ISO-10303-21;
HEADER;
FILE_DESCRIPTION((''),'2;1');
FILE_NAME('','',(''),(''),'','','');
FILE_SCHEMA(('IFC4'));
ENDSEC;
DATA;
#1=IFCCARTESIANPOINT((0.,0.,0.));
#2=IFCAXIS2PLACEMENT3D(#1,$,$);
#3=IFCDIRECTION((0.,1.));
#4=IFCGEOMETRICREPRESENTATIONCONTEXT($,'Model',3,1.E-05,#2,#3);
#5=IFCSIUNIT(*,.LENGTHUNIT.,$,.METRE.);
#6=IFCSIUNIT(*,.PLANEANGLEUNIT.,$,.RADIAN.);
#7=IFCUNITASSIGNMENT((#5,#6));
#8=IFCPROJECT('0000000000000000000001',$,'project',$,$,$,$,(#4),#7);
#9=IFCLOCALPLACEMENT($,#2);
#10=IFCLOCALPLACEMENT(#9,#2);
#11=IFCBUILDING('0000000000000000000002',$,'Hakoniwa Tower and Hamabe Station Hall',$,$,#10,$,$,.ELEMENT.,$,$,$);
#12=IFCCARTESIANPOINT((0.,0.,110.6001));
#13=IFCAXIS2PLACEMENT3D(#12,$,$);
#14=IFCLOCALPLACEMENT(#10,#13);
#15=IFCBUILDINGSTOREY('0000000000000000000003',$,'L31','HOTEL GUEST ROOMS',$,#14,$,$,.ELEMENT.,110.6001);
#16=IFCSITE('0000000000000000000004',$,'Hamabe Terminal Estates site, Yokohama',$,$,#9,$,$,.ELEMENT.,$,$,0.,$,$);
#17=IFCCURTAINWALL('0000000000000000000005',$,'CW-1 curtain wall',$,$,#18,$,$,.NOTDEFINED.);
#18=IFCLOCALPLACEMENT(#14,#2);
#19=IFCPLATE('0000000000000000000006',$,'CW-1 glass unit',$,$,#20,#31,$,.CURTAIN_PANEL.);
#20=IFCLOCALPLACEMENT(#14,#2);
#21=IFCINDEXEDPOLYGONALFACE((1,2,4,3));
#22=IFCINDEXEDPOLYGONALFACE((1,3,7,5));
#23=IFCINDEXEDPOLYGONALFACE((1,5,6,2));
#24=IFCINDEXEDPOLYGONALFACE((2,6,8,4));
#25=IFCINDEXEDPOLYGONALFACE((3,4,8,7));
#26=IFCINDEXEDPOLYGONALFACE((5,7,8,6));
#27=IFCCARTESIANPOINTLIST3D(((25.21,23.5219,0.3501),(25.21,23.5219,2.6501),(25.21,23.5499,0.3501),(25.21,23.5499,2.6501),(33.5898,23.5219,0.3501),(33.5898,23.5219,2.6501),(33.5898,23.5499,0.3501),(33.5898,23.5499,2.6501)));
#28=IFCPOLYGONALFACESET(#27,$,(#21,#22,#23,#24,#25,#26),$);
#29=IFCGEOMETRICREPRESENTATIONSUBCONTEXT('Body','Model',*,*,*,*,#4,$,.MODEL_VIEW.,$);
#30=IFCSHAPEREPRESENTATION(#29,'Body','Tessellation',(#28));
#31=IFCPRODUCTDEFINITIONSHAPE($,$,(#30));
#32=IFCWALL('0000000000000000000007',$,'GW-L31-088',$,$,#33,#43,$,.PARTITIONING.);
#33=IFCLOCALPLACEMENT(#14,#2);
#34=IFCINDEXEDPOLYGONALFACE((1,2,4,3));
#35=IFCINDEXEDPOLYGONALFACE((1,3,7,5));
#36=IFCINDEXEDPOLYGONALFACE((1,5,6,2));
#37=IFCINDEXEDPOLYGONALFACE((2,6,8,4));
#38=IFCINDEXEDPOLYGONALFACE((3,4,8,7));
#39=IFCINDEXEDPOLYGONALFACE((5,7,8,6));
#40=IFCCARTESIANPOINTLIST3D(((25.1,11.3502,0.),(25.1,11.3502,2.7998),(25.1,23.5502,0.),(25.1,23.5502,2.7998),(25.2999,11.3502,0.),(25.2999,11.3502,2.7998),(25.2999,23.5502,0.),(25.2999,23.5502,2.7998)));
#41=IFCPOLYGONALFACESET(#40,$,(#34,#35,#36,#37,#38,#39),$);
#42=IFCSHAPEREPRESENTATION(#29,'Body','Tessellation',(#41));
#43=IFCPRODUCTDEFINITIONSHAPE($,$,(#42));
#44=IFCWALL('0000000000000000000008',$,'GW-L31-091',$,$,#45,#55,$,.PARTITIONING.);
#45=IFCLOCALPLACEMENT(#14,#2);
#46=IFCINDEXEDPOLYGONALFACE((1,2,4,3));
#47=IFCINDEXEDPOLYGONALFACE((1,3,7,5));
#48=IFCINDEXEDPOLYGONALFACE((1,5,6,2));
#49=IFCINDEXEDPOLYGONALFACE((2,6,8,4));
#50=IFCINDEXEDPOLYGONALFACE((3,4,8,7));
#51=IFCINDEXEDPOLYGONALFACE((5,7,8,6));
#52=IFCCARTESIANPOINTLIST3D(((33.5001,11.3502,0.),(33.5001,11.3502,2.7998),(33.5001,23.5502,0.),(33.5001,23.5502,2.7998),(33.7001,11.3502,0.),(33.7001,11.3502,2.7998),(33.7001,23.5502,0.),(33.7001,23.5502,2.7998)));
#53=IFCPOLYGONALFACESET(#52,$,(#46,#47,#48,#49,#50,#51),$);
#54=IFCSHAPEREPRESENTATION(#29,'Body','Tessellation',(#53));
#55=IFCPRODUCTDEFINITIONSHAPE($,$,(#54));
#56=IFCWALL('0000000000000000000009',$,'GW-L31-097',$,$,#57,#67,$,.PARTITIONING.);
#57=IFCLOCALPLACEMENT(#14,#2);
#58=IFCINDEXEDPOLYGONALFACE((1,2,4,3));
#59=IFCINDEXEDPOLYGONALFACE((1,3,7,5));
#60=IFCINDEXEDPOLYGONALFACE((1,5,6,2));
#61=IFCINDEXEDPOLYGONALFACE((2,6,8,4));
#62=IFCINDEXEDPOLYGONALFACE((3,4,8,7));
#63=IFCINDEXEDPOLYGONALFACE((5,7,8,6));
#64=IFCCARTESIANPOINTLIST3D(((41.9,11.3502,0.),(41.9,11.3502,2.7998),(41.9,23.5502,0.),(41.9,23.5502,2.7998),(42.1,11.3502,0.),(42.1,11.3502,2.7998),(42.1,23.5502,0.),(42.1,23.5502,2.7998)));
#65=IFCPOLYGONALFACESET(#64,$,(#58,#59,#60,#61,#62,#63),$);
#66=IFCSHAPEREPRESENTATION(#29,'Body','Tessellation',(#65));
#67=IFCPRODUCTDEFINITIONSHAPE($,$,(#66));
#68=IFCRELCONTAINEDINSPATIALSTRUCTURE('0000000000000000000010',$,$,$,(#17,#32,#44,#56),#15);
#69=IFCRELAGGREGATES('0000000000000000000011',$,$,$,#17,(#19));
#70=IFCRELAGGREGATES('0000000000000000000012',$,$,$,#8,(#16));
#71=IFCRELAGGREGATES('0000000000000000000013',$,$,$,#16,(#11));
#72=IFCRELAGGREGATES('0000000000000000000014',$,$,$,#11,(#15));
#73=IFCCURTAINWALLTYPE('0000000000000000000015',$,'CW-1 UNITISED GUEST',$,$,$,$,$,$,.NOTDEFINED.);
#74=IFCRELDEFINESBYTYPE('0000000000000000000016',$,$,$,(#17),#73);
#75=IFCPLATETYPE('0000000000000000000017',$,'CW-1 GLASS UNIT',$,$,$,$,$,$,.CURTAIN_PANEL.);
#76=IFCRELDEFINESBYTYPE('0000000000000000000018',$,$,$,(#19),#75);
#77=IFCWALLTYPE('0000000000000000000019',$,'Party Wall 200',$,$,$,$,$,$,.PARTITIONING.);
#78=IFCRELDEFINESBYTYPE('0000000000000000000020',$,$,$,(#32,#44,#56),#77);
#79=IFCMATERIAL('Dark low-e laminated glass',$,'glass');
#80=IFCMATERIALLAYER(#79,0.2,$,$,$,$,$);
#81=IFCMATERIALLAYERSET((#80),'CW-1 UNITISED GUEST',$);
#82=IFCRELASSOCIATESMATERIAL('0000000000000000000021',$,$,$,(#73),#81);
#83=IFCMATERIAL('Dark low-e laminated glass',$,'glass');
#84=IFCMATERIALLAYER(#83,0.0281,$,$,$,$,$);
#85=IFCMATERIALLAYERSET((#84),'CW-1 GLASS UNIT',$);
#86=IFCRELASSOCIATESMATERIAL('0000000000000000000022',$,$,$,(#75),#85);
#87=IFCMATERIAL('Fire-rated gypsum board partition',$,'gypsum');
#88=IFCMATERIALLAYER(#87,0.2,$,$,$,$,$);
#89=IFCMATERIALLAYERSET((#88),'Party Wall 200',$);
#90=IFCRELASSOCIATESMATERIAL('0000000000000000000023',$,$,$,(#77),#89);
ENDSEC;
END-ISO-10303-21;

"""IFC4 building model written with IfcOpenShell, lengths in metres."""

from ifc_helpers import new_model, si_unit, direction, frame, frame_2d, origin, origin_2d, place, context, subcontext, project, spatial, rectangle, extrude, material, layer, layer_set, type_object, element, aggregate, save


model = new_model("IFC4")

# Units and contexts
model_context = context("Model", 3, precision=1e-05, world=origin(), true_north=direction((0.0, 1.0)))
body_context = subcontext(model_context, "Body", "Model", "MODEL_VIEW")
ifc_project = project(units=[si_unit("LENGTHUNIT", "METRE"), si_unit("PLANEANGLEUNIT", "RADIAN")], contexts=[model_context])

# Site, building, storey
site_placement = place(None, origin())
site = spatial("IfcSite", under=ifc_project, at=site_placement, Name="Hamabe Terminal Estates site, Yokohama", CompositionType="ELEMENT", RefElevation=0.0)
building_placement = place(site_placement, origin())
building = spatial("IfcBuilding", under=site, at=building_placement, Name="Hakoniwa Tower and Hamabe Station Hall", CompositionType="ELEMENT")
storey_placement = place(building_placement, frame((0.0, 0.0, 110.6001)))
storey = spatial("IfcBuildingStorey", under=building, at=storey_placement, Name="L31", Description="HOTEL GUEST ROOMS", CompositionType="ELEMENT", Elevation=110.6001)

# Curtain wall
ifc_material_1 = material(Name="Dark low-e laminated glass", Category="glass")
ifc_layer_1 = layer(ifc_material_1, 0.2)
ifc_layer_set_1 = layer_set([ifc_layer_1], Name="CW-1 UNITISED GUEST")
curtain_wall_type = type_object("IfcCurtainWallType", Name="CW-1 UNITISED GUEST", PredefinedType="NOTDEFINED", material=ifc_layer_set_1)
curtain_wall_1_placement = place(storey_placement, origin())
curtain_wall_1 = element("IfcCurtainWall", 1, at=curtain_wall_1_placement, inside=storey, type_object=curtain_wall_type, Name="CW-1 curtain wall", PredefinedType="NOTDEFINED")

# Plate
ifc_material_2 = material(Name="Dark low-e laminated glass", Category="glass")
ifc_layer_2 = layer(ifc_material_2, 0.0281)
ifc_layer_set_2 = layer_set([ifc_layer_2], Name="CW-1 GLASS UNIT")
plate_type = type_object("IfcPlateType", Name="CW-1 GLASS UNIT", PredefinedType="CURTAIN_PANEL", material=ifc_layer_set_2)
plate_1_placement = place(storey_placement, frame((29.3999, 23.5359, 0.3501), z_axis=(0.0, 0.0, 1.0), x_axis=(-1.0, 0.0, 0.0)))
plate_1 = element("IfcPlate", 2, at=plate_1_placement, type_object=plate_type, Name="CW-1 glass unit", PredefinedType="CURTAIN_PANEL", context=body_context, shape_type="SweptSolid", body=[
    extrude(rectangle(XDim=8.3799, YDim=0.0281, at=origin_2d()), origin(), (0.0, 0.0, 1.0), 2.3),
])
aggregate(curtain_wall_1, [plate_1])

# Walls
ifc_material_3 = material(Name="Fire-rated gypsum board partition", Category="gypsum")
ifc_layer_3 = layer(ifc_material_3, 0.2)
ifc_layer_set_3 = layer_set([ifc_layer_3], Name="Party Wall 200")
wall_type = type_object("IfcWallType", Name="Party Wall 200", PredefinedType="PARTITIONING", material=ifc_layer_set_3)
for number, where, z_axis, x_axis, name in (
    (3, (25.2, 11.3501, 0.0), (0.0, 0.0, 1.0), (0.0, 1.0, 0.0), "GW-L31-088"),
    (4, (33.6001, 11.3501, 0.0), (0.0, 0.0, 1.0), (0.0, 1.0, 0.0), "GW-L31-091"),
    (5, (42.0, 11.3501, 0.0), (0.0, 0.0, 1.0), (0.0, 1.0, 0.0), "GW-L31-097"),
):
    element("IfcWall", number, at=place(storey_placement, frame(where, z_axis=z_axis, x_axis=x_axis)), inside=storey, type_object=wall_type, Name=name, PredefinedType="PARTITIONING", context=body_context, shape_type="SweptSolid", body=[
        extrude(rectangle(XDim=12.2, YDim=0.2, at=frame_2d((6.1001, 0.0))), origin(), (0.0, 0.0, 1.0), 2.7998),
    ])

save(model, "model.ifc")
